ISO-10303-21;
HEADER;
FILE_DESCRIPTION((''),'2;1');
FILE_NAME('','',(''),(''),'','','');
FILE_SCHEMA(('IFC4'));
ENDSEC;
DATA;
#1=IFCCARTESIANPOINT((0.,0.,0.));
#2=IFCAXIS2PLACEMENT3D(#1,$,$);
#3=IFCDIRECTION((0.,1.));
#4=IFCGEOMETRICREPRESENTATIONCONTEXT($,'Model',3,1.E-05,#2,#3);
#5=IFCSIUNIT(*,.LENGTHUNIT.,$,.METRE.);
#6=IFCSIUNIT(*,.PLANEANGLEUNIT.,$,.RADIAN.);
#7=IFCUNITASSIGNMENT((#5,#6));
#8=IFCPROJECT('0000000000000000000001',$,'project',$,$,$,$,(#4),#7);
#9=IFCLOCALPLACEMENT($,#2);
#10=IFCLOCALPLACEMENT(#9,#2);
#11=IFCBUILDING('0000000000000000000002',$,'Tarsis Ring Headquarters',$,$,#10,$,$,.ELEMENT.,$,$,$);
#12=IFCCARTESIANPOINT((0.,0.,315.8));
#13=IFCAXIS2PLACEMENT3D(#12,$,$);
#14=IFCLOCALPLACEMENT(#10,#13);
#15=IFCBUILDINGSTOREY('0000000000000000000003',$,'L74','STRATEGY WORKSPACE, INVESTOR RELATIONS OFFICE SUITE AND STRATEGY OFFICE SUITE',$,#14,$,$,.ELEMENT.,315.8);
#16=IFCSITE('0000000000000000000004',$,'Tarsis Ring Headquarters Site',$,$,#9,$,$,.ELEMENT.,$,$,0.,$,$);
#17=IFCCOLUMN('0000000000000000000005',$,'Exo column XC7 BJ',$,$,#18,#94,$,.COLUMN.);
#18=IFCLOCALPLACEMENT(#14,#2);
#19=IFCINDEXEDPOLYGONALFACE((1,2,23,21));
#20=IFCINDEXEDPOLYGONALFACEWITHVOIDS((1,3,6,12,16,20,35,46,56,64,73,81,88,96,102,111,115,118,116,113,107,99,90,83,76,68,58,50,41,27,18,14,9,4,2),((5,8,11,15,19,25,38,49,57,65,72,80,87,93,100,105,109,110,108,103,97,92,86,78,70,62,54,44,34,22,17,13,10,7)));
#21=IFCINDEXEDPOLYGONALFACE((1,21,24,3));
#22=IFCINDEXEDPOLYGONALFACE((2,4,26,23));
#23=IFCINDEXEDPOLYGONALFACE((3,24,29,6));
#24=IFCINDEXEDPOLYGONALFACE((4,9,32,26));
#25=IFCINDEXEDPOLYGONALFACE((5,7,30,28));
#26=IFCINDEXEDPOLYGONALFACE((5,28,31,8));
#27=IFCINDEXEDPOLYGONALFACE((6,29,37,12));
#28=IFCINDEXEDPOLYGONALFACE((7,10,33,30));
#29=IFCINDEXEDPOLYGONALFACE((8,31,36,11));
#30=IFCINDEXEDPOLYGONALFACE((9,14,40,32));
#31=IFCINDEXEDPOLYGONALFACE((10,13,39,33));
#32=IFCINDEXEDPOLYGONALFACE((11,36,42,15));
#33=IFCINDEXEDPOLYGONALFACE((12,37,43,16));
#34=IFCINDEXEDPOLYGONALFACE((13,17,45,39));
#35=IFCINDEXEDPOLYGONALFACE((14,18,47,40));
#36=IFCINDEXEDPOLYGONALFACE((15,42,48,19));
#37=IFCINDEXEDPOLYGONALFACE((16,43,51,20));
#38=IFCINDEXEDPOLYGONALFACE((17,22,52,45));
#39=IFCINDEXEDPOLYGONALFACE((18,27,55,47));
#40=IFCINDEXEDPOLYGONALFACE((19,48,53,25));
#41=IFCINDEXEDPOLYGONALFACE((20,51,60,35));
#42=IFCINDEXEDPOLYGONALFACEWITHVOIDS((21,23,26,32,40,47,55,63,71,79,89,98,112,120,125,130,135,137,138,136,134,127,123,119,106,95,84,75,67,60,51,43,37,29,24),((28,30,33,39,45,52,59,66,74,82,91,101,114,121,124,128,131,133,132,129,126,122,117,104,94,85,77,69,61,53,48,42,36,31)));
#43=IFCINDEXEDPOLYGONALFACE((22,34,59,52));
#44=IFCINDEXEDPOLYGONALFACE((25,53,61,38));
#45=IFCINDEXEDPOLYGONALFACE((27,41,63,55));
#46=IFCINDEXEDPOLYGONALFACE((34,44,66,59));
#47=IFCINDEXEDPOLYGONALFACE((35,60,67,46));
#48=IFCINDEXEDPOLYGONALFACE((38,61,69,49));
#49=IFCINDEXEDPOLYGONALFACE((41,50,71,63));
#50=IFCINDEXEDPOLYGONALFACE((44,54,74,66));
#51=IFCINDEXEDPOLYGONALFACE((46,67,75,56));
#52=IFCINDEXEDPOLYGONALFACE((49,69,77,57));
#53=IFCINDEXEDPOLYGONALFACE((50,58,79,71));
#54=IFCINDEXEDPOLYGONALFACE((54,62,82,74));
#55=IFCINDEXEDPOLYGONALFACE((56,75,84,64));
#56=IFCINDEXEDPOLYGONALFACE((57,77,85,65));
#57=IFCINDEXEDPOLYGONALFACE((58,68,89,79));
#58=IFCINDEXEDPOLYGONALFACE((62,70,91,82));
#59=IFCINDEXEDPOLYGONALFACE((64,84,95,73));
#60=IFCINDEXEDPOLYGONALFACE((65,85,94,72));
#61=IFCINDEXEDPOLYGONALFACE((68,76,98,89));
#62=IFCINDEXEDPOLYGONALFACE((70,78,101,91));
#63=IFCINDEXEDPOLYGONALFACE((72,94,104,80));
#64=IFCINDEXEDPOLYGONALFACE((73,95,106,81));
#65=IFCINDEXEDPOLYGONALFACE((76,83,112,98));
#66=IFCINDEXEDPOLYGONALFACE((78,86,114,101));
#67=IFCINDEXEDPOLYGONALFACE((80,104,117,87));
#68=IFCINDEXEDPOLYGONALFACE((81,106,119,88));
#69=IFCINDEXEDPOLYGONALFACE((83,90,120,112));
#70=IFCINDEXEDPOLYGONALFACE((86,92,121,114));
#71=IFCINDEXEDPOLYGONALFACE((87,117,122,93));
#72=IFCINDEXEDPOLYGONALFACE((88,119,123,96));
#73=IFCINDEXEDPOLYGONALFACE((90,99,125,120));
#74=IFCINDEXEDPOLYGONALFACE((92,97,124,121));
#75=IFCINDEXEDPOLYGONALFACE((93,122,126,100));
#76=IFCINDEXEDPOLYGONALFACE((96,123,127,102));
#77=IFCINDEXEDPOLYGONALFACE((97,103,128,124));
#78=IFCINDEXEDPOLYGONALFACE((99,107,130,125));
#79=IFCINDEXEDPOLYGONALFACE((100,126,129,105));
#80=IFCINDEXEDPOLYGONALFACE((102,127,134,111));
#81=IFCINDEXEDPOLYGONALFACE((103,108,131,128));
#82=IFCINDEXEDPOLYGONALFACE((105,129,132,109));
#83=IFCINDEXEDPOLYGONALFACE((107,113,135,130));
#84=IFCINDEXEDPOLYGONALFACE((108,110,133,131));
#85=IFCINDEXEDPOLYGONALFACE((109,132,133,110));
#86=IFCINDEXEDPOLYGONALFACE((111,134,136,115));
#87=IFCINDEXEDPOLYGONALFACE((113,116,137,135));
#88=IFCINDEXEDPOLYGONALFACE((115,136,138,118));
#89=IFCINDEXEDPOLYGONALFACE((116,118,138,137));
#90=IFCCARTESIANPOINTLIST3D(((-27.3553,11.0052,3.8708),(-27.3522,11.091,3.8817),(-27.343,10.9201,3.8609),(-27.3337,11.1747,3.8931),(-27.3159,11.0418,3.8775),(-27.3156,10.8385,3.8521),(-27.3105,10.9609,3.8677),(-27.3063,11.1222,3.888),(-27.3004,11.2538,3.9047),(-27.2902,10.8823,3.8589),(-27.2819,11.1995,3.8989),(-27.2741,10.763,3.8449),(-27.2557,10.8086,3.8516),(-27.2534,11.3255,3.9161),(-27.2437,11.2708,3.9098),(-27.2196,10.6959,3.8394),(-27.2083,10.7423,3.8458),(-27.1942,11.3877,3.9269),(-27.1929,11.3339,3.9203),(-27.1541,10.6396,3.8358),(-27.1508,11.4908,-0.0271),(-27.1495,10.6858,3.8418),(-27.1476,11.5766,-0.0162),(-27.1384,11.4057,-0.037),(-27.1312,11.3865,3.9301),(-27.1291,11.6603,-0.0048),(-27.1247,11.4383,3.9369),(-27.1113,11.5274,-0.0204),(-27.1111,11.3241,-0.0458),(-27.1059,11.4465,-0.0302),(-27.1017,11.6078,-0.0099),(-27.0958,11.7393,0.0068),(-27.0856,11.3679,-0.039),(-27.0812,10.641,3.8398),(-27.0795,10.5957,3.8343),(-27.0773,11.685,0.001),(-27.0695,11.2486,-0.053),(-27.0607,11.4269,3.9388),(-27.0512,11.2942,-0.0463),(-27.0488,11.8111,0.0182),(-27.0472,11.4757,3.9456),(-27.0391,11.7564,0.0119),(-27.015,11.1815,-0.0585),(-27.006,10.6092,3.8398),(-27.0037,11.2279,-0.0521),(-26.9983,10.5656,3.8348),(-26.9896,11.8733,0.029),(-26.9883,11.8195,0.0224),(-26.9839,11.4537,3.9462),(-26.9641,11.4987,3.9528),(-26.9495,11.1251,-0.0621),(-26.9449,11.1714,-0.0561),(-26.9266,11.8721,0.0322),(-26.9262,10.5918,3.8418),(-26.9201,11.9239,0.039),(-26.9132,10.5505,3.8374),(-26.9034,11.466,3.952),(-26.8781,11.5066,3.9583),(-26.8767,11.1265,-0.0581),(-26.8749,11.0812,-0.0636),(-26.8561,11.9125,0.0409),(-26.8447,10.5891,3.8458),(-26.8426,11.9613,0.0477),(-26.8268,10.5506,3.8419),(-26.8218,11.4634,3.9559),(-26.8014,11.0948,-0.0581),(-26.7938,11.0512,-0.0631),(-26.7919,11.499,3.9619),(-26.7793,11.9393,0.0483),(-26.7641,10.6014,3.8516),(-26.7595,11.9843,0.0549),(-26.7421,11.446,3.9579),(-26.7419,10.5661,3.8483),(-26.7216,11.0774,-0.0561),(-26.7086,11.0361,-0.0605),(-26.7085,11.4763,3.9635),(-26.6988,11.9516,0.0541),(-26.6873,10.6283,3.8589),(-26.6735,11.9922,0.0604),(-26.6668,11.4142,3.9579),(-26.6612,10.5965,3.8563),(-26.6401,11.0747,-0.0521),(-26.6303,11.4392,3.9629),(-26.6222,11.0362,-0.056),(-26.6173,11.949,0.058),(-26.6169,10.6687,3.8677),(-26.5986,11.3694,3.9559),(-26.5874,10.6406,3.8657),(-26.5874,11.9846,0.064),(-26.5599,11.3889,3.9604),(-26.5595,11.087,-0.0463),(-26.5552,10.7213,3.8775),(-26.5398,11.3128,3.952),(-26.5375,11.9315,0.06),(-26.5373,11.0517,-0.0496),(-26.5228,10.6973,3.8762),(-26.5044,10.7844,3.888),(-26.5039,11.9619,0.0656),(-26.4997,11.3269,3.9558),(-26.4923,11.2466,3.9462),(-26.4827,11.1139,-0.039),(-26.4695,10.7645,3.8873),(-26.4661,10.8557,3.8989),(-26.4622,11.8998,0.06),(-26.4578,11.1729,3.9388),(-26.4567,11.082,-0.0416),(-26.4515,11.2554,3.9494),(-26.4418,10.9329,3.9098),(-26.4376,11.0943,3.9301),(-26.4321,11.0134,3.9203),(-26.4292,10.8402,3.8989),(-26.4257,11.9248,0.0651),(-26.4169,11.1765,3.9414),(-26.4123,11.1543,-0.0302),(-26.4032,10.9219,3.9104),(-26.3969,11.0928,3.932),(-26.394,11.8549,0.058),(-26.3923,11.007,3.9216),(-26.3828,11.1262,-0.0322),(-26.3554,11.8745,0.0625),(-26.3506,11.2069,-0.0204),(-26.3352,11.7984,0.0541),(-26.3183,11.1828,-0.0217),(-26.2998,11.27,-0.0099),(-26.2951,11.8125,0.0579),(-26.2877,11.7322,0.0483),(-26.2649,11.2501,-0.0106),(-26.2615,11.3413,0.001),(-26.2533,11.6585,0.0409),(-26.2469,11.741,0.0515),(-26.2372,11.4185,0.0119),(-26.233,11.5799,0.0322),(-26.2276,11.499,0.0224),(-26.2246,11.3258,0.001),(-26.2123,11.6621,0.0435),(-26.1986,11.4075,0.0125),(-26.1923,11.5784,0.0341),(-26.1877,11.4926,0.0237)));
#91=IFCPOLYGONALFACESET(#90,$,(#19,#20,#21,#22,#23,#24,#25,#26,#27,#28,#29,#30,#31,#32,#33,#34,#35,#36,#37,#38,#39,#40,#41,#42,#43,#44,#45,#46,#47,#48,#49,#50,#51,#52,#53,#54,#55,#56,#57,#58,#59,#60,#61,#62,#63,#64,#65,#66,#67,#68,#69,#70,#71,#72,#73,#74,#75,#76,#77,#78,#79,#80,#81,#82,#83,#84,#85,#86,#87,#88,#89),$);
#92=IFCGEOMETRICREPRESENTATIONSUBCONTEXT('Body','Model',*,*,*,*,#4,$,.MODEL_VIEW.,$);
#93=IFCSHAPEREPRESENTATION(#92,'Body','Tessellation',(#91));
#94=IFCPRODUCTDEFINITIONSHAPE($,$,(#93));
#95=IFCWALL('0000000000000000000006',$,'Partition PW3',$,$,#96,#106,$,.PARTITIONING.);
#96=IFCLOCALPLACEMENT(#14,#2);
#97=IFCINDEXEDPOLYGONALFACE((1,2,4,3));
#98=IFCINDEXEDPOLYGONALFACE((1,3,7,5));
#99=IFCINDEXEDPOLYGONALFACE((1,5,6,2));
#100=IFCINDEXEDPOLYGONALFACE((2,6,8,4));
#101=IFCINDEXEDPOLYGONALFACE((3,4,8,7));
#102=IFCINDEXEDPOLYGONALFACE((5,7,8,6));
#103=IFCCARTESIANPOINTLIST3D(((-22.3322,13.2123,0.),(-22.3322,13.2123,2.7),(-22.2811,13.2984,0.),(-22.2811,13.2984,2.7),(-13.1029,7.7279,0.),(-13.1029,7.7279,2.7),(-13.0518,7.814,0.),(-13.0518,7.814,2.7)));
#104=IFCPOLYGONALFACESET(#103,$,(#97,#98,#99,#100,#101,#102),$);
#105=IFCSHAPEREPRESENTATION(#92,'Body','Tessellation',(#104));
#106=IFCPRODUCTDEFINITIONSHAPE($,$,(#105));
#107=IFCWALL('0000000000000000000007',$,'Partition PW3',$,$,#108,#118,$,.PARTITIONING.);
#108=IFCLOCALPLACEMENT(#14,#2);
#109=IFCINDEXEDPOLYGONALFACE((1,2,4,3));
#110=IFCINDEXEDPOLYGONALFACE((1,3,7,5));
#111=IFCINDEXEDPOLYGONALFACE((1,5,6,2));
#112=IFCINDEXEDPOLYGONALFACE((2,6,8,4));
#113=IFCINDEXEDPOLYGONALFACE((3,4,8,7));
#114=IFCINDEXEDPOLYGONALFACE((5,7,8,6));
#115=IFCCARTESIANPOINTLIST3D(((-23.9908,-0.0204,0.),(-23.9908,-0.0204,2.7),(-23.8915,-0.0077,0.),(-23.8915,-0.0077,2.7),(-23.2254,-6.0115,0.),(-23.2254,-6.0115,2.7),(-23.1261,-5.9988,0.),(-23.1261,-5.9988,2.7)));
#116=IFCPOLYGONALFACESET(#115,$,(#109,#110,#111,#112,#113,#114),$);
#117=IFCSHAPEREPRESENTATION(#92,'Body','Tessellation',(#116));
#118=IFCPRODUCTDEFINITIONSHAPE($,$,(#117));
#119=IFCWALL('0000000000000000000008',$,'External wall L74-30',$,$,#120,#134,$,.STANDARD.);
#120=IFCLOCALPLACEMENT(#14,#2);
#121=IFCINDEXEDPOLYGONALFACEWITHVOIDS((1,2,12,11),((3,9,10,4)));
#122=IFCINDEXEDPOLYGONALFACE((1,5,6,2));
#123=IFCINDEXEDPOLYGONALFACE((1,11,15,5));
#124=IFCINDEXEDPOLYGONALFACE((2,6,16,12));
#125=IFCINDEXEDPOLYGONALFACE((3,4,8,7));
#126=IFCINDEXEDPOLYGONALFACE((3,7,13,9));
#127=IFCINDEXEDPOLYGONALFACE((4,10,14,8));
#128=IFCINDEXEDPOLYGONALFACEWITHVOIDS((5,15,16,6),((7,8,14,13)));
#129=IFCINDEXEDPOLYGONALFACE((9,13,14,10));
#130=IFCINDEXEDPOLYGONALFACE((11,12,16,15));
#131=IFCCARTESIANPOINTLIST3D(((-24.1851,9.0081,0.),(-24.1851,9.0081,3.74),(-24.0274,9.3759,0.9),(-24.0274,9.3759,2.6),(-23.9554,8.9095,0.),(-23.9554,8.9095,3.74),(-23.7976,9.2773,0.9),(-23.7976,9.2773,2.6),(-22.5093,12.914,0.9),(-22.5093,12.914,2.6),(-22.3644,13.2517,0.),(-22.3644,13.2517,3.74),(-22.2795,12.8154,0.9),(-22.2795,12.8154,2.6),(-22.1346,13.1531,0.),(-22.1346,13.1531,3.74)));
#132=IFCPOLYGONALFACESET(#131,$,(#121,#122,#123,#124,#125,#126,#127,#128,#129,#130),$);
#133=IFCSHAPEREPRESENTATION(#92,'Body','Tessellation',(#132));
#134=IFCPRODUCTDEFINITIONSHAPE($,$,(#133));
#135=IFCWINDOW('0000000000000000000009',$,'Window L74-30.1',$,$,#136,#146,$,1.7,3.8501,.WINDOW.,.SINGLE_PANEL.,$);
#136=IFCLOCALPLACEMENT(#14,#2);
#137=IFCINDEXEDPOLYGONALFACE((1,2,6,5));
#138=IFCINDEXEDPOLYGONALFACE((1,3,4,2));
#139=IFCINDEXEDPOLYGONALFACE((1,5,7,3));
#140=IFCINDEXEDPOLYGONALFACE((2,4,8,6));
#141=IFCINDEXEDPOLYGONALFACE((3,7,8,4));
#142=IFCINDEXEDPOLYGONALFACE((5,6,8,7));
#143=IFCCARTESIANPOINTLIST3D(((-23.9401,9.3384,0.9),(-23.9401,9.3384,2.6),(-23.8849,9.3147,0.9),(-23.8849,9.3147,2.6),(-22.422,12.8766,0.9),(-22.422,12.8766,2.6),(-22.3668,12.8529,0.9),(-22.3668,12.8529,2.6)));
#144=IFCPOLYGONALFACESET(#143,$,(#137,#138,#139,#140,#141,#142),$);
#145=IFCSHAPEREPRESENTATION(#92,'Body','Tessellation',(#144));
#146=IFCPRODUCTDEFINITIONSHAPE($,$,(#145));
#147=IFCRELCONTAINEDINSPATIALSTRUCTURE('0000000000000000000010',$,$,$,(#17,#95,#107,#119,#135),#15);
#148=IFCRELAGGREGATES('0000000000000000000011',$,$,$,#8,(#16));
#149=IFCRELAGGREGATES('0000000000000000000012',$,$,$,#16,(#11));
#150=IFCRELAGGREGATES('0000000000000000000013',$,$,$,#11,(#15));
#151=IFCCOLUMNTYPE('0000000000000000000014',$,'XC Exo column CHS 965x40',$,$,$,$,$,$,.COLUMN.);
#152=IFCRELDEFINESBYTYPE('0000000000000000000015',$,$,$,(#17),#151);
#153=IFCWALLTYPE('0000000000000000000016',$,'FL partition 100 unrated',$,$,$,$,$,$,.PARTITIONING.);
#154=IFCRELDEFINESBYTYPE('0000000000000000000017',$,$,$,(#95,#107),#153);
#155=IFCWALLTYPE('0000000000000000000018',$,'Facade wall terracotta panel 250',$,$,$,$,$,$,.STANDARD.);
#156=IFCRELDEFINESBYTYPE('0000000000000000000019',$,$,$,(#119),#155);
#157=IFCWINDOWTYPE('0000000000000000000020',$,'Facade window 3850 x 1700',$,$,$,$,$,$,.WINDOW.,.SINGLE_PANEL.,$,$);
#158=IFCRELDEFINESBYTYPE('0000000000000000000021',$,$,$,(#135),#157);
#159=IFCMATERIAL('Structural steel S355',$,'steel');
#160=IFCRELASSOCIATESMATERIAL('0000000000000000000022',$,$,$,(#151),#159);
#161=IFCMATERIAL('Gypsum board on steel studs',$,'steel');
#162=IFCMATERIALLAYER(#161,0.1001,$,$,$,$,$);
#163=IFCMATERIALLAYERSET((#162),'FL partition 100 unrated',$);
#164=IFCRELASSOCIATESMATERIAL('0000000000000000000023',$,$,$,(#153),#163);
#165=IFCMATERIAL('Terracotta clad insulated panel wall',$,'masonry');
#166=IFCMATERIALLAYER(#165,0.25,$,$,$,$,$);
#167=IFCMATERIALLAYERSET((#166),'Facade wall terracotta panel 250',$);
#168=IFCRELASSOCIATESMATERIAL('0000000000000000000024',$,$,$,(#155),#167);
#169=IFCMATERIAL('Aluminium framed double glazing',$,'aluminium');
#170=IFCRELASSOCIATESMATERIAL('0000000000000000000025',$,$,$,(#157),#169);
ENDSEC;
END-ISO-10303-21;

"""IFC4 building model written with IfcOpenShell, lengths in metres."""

from ifc_helpers import new_model, si_unit, direction, frame, frame_2d, origin, origin_2d, place, context, subcontext, project, spatial, rectangle, hollow_circle, extrude, material, layer, layer_set, material_profile, profile_set, type_object, element, fill, save


model = new_model("IFC4")

# Units and contexts
model_context = context("Model", 3, precision=1e-05, world=origin(), true_north=direction((0.0, 1.0)))
body_context = subcontext(model_context, "Body", "Model", "MODEL_VIEW")
ifc_project = project(units=[si_unit("LENGTHUNIT", "METRE"), si_unit("PLANEANGLEUNIT", "RADIAN")], contexts=[model_context])

# Site, building, storey
site_placement = place(None, origin())
site = spatial("IfcSite", under=ifc_project, at=site_placement, Name="Tarsis Ring Headquarters Site", CompositionType="ELEMENT", RefElevation=0.0)
building_placement = place(site_placement, origin())
building = spatial("IfcBuilding", under=site, at=building_placement, Name="Tarsis Ring Headquarters", CompositionType="ELEMENT")
storey_placement = place(building_placement, frame((0.0, 0.0, 315.8)))
storey = spatial("IfcBuildingStorey", under=building, at=storey_placement, Name="L74", Description="STRATEGY WORKSPACE, INVESTOR RELATIONS OFFICE SUITE AND STRATEGY OFFICE SUITE", CompositionType="ELEMENT", Elevation=315.8)

# Column
ifc_material_1 = material(Name="Structural steel S355", Category="steel")
ifc_material_profile = material_profile(ifc_material_1, hollow_circle(Radius=0.4827, WallThickness=0.04, at=origin_2d()), Name="CHS 965x40")
ifc_profile_set = profile_set([ifc_material_profile], Name="Structural steel S355")
column_type = type_object("IfcColumnType", Name="XC Exo column CHS 965x40", PredefinedType="COLUMN", material=ifc_profile_set)
column_placement = place(storey_placement, frame((-26.6694, 11.5132, 0.001), z_axis=(-0.052013, -0.123454, 0.990986), x_axis=(0.921548, -0.388264, 0.0)))
element("IfcColumn", 1, at=column_placement, inside=storey, type_object=column_type, Name="Exo column XC7 BJ", PredefinedType="COLUMN", context=body_context, shape_type="SweptSolid", body=[
    extrude(hollow_circle(Radius=0.4827, WallThickness=0.04, at=origin_2d()), origin(), (0.0, 0.0, 1.0), 3.9333),
])

# Walls
ifc_material_2 = material(Name="Gypsum board on steel studs", Category="steel")
ifc_layer_1 = layer(ifc_material_2, 0.1001)
ifc_layer_set_1 = layer_set([ifc_layer_1], Name="FL partition 100 unrated")
wall_type_1 = type_object("IfcWallType", Name="FL partition 100 unrated", PredefinedType="PARTITIONING", material=ifc_layer_set_1)
wall_1_placement = place(storey_placement, frame((-22.3066, 13.2554, 0.0), z_axis=(0.0, 0.0, 1.0), x_axis=(0.85967, -0.510849, 0.0)))
element("IfcWall", 2, at=wall_1_placement, inside=storey, type_object=wall_type_1, Name="Partition PW3", PredefinedType="PARTITIONING", context=body_context, shape_type="SweptSolid", body=[
    extrude(rectangle(XDim=10.7358, YDim=0.1001, at=frame_2d((5.3679, 0.0))), origin(), (0.0, 0.0, 1.0), 2.7),
])
wall_2_placement = place(storey_placement, frame((-23.9412, -0.0139, 0.0), z_axis=(0.0, 0.0, 1.0), x_axis=(0.126721, -0.991938, 0.0)))
element("IfcWall", 3, at=wall_2_placement, inside=storey, type_object=wall_type_1, Name="Partition PW3", PredefinedType="PARTITIONING", context=body_context, shape_type="SweptSolid", body=[
    extrude(rectangle(XDim=6.0398, YDim=0.1001, at=frame_2d((3.02, 0.0))), origin(), (0.0, 0.0, 1.0), 2.7),
])

# Wall, opening, window
ifc_material_3 = material(Name="Terracotta clad insulated panel wall", Category="masonry")
ifc_layer_2 = layer(ifc_material_3, 0.25)
ifc_layer_set_2 = layer_set([ifc_layer_2], Name="Facade wall terracotta panel 250")
wall_type_2 = type_object("IfcWallType", Name="Facade wall terracotta panel 250", PredefinedType="STANDARD", material=ifc_layer_set_2)
wall_3_placement = place(storey_placement, frame((-22.2495, 13.2024, 0.0), z_axis=(0.0, 0.0, 1.0), x_axis=(-0.394302, -0.918981, 0.0)))
wall_3 = element("IfcWall", 4, at=wall_3_placement, inside=storey, type_object=wall_type_2, Name="External wall L74-30", PredefinedType="STANDARD", context=body_context, shape_type="SweptSolid", body=[
    extrude(rectangle(XDim=4.6177, YDim=0.25, at=frame_2d((2.3088, 0.0))), origin(), (0.0, 0.0, 1.0), 3.74),
])
opening_1_placement = place(wall_3_placement, frame((0.3674, 0.0, 0.8999)))
opening_1 = element("IfcOpeningElement", 5, at=opening_1_placement, cuts=wall_3, PredefinedType="OPENING", context=body_context, shape_type="SweptSolid", body=[
    extrude(rectangle(XDim=3.8501, YDim=1.7, at=frame_2d((1.925, 0.8501))), frame((0.0, 0.135, 0.0), z_axis=(0.0, -1.0, 0.0), x_axis=(1.0, 0.0, 0.0)), (0.0, 0.0, 1.0), 0.27),
])
ifc_material_4 = material(Name="Aluminium framed double glazing", Category="aluminium")
window_type_1 = type_object("IfcWindowType", Name="Facade window 3850 x 1700", PartitioningType="SINGLE_PANEL", PredefinedType="WINDOW", material=ifc_material_4)
window_1_placement = place(opening_1_placement, origin())
window_1 = element("IfcWindow", 6, at=window_1_placement, inside=storey, type_object=window_type_1, Name="Window L74-30.1", OverallHeight=1.7, OverallWidth=3.8501, PartitioningType="SINGLE_PANEL", PredefinedType="WINDOW", context=body_context, shape_type="SweptSolid", body=[
    extrude(rectangle(XDim=3.8501, YDim=1.7, at=frame_2d((1.925, 0.8501))), frame((0.0, 0.03, 0.0), z_axis=(0.0, -1.0, 0.0), x_axis=(1.0, 0.0, 0.0)), (0.0, 0.0, 1.0), 0.0601),
])
fill(opening_1, window_1)

save(model, "model.ifc")
